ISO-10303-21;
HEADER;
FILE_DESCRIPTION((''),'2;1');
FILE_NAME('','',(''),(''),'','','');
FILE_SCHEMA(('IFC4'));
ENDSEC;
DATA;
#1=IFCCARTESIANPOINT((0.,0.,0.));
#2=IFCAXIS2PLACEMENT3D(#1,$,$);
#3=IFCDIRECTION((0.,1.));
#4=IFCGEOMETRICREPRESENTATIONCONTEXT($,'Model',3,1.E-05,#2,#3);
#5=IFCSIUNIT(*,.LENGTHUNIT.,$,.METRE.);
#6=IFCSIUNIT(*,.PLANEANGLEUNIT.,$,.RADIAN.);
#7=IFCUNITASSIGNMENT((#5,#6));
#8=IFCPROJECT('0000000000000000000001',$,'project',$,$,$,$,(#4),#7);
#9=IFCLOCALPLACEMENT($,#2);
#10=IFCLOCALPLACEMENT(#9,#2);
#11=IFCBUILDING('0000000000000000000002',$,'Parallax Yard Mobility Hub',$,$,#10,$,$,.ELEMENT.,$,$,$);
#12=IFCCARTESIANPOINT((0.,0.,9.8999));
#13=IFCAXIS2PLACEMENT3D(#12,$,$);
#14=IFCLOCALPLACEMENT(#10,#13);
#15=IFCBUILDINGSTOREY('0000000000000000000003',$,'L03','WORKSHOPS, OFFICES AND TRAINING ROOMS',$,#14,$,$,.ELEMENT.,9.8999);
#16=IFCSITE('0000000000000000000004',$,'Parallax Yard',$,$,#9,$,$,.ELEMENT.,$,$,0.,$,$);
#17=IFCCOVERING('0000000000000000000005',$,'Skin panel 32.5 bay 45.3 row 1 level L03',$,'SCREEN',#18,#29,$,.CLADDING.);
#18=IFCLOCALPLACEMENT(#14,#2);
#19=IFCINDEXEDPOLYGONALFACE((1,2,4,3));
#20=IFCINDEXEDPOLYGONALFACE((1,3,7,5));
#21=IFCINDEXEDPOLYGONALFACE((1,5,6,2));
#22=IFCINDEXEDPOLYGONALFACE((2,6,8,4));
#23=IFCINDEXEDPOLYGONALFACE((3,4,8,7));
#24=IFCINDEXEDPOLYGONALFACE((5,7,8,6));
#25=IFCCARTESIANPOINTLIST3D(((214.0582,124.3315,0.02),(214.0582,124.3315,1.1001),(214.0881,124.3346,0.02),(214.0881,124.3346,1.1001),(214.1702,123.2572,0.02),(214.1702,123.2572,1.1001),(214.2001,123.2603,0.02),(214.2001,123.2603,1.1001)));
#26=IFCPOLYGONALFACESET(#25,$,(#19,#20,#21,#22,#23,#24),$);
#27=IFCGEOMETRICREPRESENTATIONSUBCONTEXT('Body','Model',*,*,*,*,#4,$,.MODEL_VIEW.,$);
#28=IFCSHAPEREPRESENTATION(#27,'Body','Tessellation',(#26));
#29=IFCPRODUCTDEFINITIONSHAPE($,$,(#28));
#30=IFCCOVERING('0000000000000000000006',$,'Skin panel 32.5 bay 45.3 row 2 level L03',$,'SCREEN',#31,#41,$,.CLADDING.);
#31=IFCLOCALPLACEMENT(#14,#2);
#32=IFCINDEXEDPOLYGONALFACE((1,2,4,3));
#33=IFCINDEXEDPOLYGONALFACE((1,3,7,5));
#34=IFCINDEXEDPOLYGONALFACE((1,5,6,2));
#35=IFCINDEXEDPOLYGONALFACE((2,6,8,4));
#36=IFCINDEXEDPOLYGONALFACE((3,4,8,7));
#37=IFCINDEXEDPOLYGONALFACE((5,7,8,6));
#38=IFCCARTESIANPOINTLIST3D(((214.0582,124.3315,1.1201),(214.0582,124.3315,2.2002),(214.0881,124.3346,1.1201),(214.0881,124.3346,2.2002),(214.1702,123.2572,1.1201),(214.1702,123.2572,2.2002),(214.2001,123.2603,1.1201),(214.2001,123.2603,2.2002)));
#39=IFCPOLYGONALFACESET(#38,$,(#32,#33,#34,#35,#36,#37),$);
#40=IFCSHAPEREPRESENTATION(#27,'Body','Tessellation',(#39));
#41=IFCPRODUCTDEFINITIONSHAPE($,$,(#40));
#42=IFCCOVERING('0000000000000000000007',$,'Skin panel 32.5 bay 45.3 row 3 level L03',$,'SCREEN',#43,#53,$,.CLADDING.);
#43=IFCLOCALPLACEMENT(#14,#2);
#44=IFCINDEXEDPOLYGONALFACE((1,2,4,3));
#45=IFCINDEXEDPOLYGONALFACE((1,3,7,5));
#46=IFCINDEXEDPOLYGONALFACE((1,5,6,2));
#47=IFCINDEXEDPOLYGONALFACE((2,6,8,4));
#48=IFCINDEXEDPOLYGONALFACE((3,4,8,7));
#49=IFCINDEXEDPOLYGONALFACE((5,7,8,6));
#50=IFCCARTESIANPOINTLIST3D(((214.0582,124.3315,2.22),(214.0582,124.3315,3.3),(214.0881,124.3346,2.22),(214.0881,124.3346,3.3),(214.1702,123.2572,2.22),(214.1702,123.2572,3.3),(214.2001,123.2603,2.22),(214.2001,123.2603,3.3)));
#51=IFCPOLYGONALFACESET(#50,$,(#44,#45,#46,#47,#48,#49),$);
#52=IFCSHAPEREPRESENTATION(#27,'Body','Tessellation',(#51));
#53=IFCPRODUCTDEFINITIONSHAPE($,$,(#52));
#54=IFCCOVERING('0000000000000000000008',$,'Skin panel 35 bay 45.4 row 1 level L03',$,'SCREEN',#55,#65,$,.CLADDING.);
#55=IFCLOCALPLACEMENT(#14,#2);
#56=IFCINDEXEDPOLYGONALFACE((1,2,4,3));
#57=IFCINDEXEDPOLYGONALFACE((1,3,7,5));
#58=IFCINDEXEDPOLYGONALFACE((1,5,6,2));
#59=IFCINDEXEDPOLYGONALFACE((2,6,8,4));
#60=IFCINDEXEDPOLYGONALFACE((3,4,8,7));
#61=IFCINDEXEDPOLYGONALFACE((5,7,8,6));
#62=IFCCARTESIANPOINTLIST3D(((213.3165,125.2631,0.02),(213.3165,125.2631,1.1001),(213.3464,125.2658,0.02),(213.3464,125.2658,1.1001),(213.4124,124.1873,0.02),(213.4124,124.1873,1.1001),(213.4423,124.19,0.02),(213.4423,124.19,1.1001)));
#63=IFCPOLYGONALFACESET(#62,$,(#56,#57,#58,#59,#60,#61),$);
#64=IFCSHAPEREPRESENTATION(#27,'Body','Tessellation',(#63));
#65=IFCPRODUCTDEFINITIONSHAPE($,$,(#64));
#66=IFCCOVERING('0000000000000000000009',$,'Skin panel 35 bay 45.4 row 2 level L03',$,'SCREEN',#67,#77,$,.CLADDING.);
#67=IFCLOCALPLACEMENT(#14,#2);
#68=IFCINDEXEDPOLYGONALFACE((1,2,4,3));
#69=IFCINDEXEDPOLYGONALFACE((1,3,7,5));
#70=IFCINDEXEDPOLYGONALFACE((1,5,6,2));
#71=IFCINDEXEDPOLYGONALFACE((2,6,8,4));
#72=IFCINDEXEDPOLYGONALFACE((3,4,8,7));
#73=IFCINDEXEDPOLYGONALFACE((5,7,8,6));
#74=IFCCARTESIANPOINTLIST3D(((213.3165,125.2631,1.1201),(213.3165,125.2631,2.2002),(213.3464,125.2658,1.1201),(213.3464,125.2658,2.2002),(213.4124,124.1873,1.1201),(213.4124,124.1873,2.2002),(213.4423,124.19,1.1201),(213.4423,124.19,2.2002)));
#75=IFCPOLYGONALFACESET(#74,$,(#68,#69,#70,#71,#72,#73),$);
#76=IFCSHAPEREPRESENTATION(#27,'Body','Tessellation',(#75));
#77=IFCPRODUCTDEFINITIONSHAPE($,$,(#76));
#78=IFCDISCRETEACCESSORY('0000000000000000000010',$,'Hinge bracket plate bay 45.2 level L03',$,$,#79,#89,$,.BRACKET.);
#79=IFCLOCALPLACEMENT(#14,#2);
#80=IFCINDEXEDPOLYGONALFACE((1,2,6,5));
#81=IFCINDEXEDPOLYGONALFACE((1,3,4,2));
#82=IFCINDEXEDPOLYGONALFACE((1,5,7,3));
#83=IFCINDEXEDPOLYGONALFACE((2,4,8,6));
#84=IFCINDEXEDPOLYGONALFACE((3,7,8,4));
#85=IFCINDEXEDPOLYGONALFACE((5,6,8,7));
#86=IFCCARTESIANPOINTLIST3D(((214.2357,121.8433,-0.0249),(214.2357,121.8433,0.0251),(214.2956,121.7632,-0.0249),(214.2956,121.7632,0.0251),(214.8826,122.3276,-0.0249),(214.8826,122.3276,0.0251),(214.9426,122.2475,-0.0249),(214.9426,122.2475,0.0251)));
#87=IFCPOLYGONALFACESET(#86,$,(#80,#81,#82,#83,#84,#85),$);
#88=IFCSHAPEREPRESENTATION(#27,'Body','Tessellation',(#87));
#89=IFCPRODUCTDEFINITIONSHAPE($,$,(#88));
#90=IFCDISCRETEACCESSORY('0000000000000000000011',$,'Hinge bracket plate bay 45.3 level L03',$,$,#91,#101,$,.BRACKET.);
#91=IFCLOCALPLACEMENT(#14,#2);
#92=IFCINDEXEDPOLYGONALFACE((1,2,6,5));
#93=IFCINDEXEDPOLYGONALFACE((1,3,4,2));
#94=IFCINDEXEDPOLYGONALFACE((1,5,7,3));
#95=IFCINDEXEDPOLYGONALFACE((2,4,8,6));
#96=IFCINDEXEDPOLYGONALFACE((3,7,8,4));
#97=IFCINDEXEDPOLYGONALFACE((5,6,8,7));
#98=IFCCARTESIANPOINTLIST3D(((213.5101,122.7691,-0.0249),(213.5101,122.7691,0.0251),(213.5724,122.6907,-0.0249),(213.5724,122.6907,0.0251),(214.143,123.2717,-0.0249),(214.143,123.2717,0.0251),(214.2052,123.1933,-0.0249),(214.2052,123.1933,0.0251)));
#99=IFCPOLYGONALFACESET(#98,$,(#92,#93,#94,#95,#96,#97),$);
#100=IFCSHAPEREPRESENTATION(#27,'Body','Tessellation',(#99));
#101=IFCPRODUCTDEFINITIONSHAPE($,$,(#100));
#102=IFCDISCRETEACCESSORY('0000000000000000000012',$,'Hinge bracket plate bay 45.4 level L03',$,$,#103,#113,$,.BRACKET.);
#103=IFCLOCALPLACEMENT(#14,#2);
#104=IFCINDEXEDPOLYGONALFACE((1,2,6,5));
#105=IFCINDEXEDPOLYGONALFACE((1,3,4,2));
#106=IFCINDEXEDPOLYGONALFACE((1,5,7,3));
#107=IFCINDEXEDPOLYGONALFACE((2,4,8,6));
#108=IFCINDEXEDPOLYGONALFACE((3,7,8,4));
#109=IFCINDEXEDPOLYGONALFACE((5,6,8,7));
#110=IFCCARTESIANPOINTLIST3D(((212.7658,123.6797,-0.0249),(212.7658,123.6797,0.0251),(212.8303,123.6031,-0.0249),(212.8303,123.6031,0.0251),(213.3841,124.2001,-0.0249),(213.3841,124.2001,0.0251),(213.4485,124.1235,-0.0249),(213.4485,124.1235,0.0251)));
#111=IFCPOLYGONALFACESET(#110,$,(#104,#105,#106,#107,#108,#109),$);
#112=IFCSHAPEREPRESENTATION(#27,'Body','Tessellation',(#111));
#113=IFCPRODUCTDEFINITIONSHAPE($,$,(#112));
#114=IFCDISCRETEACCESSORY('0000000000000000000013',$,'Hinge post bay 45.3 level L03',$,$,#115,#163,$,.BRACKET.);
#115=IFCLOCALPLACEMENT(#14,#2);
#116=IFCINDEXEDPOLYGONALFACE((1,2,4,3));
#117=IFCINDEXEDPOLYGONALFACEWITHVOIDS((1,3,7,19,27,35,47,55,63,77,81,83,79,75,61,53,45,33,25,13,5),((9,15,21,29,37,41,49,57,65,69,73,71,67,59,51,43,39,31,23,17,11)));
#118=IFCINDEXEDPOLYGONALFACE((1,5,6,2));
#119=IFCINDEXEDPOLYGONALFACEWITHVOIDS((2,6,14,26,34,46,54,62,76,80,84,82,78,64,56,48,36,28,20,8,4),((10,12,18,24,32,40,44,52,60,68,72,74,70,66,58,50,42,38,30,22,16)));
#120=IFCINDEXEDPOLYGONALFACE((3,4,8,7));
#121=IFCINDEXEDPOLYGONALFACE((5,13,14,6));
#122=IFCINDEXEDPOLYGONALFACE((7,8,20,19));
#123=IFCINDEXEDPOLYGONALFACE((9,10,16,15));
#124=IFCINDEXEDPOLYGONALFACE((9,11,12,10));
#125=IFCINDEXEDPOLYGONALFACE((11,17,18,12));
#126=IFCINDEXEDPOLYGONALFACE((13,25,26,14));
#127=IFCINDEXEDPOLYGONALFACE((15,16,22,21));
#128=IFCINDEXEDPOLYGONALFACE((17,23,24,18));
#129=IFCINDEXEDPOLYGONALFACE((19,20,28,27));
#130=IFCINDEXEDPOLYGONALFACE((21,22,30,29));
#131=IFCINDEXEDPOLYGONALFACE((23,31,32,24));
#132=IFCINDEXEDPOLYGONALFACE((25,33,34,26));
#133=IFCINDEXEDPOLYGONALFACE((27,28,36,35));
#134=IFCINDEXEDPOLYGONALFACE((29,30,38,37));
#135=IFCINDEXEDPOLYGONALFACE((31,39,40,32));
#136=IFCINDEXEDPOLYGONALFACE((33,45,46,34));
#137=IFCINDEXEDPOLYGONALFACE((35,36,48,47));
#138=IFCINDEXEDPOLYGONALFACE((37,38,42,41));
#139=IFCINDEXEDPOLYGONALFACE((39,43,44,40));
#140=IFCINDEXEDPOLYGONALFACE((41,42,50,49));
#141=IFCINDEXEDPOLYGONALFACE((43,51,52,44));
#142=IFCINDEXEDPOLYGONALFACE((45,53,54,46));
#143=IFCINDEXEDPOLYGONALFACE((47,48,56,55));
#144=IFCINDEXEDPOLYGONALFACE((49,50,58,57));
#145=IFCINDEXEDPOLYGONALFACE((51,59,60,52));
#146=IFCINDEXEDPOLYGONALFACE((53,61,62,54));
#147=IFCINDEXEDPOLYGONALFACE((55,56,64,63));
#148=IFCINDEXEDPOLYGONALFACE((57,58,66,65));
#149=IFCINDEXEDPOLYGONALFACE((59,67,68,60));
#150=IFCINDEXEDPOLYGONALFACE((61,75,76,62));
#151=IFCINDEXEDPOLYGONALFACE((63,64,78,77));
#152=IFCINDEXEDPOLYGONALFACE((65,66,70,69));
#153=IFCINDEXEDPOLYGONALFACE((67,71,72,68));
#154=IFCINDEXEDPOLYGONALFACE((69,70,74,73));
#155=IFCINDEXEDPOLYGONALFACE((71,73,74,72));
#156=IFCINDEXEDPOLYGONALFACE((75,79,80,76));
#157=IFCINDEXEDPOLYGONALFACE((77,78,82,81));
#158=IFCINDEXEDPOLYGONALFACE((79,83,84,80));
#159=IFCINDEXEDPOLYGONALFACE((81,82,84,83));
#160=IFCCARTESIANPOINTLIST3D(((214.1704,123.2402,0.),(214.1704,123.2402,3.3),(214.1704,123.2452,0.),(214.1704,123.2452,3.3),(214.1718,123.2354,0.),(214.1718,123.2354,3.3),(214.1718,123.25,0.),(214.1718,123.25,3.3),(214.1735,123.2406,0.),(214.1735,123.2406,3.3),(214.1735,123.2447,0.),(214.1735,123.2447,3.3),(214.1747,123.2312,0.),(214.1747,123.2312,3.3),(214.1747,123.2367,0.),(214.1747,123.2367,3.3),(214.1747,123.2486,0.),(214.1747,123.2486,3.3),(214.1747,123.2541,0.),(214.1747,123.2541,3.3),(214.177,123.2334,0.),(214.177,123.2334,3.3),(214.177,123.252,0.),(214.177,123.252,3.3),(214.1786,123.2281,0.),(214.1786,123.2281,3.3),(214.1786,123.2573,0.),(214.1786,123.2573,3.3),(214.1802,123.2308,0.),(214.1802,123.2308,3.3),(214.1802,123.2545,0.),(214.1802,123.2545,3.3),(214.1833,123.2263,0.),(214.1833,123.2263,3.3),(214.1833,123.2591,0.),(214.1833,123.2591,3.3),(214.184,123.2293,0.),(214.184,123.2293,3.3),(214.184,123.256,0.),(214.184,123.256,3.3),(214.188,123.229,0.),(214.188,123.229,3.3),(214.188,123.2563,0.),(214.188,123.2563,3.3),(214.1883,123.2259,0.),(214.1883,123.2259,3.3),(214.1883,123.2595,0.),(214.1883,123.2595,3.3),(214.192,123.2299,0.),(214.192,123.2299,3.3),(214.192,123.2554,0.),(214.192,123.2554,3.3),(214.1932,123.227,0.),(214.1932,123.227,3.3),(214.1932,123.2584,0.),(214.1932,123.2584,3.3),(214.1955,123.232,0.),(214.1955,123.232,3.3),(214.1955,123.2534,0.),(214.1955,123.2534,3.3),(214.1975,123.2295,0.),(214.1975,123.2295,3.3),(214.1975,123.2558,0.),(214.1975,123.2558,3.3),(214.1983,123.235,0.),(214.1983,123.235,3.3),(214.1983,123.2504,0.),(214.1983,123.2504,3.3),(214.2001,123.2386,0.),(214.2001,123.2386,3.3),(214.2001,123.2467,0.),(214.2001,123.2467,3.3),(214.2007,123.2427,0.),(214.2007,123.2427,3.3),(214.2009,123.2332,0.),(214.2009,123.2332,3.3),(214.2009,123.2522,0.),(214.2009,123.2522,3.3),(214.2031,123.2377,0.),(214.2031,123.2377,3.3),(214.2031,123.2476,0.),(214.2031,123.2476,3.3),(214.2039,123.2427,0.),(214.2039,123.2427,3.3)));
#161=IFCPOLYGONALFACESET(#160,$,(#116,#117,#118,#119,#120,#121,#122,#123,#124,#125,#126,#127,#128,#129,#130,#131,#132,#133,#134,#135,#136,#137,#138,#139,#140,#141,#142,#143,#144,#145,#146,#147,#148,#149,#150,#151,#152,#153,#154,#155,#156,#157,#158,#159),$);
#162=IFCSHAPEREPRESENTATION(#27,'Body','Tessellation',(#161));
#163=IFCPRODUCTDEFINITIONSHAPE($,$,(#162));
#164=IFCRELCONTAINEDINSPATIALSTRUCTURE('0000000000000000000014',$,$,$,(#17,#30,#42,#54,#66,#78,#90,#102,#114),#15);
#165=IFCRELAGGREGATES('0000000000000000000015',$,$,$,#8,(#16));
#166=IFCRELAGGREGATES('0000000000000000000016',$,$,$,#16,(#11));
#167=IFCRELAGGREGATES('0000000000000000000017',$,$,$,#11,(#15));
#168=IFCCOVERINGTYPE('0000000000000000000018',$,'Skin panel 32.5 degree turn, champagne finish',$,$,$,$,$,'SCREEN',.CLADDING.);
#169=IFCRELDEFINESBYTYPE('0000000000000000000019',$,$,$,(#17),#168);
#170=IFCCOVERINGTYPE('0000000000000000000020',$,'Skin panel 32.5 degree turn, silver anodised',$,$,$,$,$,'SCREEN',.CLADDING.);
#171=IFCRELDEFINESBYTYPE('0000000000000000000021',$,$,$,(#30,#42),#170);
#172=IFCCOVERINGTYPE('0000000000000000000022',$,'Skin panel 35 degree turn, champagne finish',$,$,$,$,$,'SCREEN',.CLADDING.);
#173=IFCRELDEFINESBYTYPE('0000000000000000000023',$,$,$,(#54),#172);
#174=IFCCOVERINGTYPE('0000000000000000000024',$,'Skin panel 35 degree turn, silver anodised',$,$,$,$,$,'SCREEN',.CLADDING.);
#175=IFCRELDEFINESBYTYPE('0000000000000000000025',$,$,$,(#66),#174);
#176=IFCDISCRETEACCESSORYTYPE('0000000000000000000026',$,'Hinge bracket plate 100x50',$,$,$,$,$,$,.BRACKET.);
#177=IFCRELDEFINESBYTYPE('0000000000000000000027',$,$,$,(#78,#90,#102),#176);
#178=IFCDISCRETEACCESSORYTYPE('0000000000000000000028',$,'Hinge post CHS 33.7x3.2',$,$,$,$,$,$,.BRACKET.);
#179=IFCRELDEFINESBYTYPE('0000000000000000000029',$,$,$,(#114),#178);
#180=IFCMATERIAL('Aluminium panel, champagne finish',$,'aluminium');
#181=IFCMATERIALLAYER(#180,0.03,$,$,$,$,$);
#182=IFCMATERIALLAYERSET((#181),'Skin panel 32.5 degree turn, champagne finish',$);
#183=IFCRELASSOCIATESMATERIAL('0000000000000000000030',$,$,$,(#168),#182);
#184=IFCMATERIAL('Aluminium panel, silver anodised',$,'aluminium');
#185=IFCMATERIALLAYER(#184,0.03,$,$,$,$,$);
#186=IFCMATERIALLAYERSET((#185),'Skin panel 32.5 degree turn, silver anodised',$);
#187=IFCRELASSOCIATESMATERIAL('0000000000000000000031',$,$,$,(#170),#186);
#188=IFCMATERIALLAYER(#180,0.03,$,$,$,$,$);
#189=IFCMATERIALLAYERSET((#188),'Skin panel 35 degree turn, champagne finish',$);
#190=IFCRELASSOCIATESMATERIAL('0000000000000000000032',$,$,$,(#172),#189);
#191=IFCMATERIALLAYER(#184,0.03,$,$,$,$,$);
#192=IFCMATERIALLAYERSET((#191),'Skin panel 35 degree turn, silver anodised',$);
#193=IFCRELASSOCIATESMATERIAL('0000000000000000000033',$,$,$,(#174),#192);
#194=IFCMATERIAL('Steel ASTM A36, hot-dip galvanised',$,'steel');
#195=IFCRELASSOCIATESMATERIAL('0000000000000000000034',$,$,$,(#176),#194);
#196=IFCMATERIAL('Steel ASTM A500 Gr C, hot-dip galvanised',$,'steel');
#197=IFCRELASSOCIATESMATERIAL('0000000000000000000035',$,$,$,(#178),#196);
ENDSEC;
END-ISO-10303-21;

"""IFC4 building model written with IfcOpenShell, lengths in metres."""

from ifc_helpers import new_model, si_unit, direction, frame, origin, origin_2d, place, context, subcontext, project, spatial, rectangle, hollow_circle, extrude, material, layer, layer_set, material_profile, profile_set, type_object, element, save


model = new_model("IFC4")

# Units and contexts
model_context = context("Model", 3, precision=1e-05, world=origin(), true_north=direction((0.0, 1.0)))
body_context = subcontext(model_context, "Body", "Model", "MODEL_VIEW")
ifc_project = project(units=[si_unit("LENGTHUNIT", "METRE"), si_unit("PLANEANGLEUNIT", "RADIAN")], contexts=[model_context])

# Site, building, storey
site_placement = place(None, origin())
site = spatial("IfcSite", under=ifc_project, at=site_placement, Name="Parallax Yard", CompositionType="ELEMENT", RefElevation=0.0)
building_placement = place(site_placement, origin())
building = spatial("IfcBuilding", under=site, at=building_placement, Name="Parallax Yard Mobility Hub", CompositionType="ELEMENT")
storey_placement = place(building_placement, frame((0.0, 0.0, 9.8999)))
storey = spatial("IfcBuildingStorey", under=building, at=storey_placement, Name="L03", Description="WORKSHOPS, OFFICES AND TRAINING ROOMS", CompositionType="ELEMENT", Elevation=9.8999)

# Coverings
ifc_material_1 = material(Name="Aluminium panel, champagne finish", Category="aluminium")
ifc_layer_1 = layer(ifc_material_1, 0.03)
ifc_layer_set_1 = layer_set([ifc_layer_1], Name="Skin panel 32.5 degree turn, champagne finish")
covering_type_1 = type_object("IfcCoveringType", Name="Skin panel 32.5 degree turn, champagne finish", ElementType="SCREEN", PredefinedType="CLADDING", material=ifc_layer_set_1)
covering_1_placement = place(storey_placement, frame((214.1292, 123.7959, 0.02), z_axis=(0.0, 0.0, 1.0), x_axis=(-0.103739, 0.994605, 0.0)))
element("IfcCovering", 1, at=covering_1_placement, inside=storey, type_object=covering_type_1, Name="Skin panel 32.5 bay 45.3 row 1 level L03", ObjectType="SCREEN", PredefinedType="CLADDING", context=body_context, shape_type="SweptSolid", body=[
    extrude(rectangle(XDim=1.0801, YDim=0.03, at=origin_2d()), origin(), (0.0, 0.0, 1.0), 1.0801),
])
ifc_material_2 = material(Name="Aluminium panel, silver anodised", Category="aluminium")
ifc_layer_2 = layer(ifc_material_2, 0.03)
ifc_layer_set_2 = layer_set([ifc_layer_2], Name="Skin panel 32.5 degree turn, silver anodised")
covering_type_2 = type_object("IfcCoveringType", Name="Skin panel 32.5 degree turn, silver anodised", ElementType="SCREEN", PredefinedType="CLADDING", material=ifc_layer_set_2)
for number, where, z_axis, x_axis, name in (
    (2, (214.1292, 123.7959, 1.1201), (0.0, 0.0, 1.0), (-0.103739, 0.994605, 0.0), "Skin panel 32.5 bay 45.3 row 2 level L03"),
    (3, (214.1292, 123.7959, 2.22), (0.0, 0.0, 1.0), (-0.103739, 0.994605, 0.0), "Skin panel 32.5 bay 45.3 row 3 level L03"),
):
    element("IfcCovering", number, at=place(storey_placement, frame(where, z_axis=z_axis, x_axis=x_axis)), inside=storey, type_object=covering_type_2, Name=name, ObjectType="SCREEN", PredefinedType="CLADDING", context=body_context, shape_type="SweptSolid", body=[
        extrude(rectangle(XDim=1.0801, YDim=0.03, at=origin_2d()), origin(), (0.0, 0.0, 1.0), 1.0801),
    ])
ifc_layer_3 = layer(ifc_material_1, 0.03)
ifc_layer_set_3 = layer_set([ifc_layer_3], Name="Skin panel 35 degree turn, champagne finish")
covering_type_3 = type_object("IfcCoveringType", Name="Skin panel 35 degree turn, champagne finish", ElementType="SCREEN", PredefinedType="CLADDING", material=ifc_layer_set_3)
covering_2_placement = place(storey_placement, frame((213.3794, 124.7266, 0.02), z_axis=(0.0, 0.0, 1.0), x_axis=(-0.088736, 0.996055, 0.0)))
element("IfcCovering", 4, at=covering_2_placement, inside=storey, type_object=covering_type_3, Name="Skin panel 35 bay 45.4 row 1 level L03", ObjectType="SCREEN", PredefinedType="CLADDING", context=body_context, shape_type="SweptSolid", body=[
    extrude(rectangle(XDim=1.0801, YDim=0.03, at=origin_2d()), origin(), (0.0, 0.0, 1.0), 1.0801),
])
ifc_layer_4 = layer(ifc_material_2, 0.03)
ifc_layer_set_4 = layer_set([ifc_layer_4], Name="Skin panel 35 degree turn, silver anodised")
covering_type_4 = type_object("IfcCoveringType", Name="Skin panel 35 degree turn, silver anodised", ElementType="SCREEN", PredefinedType="CLADDING", material=ifc_layer_set_4)
covering_3_placement = place(storey_placement, frame((213.3794, 124.7266, 1.1201), z_axis=(0.0, 0.0, 1.0), x_axis=(-0.088736, 0.996055, 0.0)))
element("IfcCovering", 5, at=covering_3_placement, inside=storey, type_object=covering_type_4, Name="Skin panel 35 bay 45.4 row 2 level L03", ObjectType="SCREEN", PredefinedType="CLADDING", context=body_context, shape_type="SweptSolid", body=[
    extrude(rectangle(XDim=1.0801, YDim=0.03, at=origin_2d()), origin(), (0.0, 0.0, 1.0), 1.0801),
])

# Discrete accessories
ifc_material_3 = material(Name="Steel ASTM A36, hot-dip galvanised", Category="steel")
discrete_accessory_type_1 = type_object("IfcDiscreteAccessoryType", Name="Hinge bracket plate 100x50", PredefinedType="BRACKET", material=ifc_material_3)
for number, where, z_axis, x_axis, name in (
    (6, (214.5891, 122.0454, -0.0249), (0.0, 0.0, 1.0), (0.800541, 0.599278, 0.0), "Hinge bracket plate bay 45.2 level L03"),
    (7, (213.8577, 122.9812, -0.0249), (0.0, 0.0, 1.0), (0.783102, 0.621893, 0.0), "Hinge bracket plate bay 45.3 level L03"),
    (8, (213.1072, 123.9016, -0.0249), (0.0, 0.0, 1.0), (0.765024, 0.644002, 0.0), "Hinge bracket plate bay 45.4 level L03"),
):
    element("IfcDiscreteAccessory", number, at=place(storey_placement, frame(where, z_axis=z_axis, x_axis=x_axis)), inside=storey, type_object=discrete_accessory_type_1, Name=name, PredefinedType="BRACKET", context=body_context, shape_type="SweptSolid", body=[
        extrude(rectangle(XDim=0.8081, YDim=0.1001, at=origin_2d()), origin(), (0.0, 0.0, 1.0), 0.05),
    ])
ifc_material_4 = material(Name="Steel ASTM A500 Gr C, hot-dip galvanised", Category="steel")
ifc_material_profile_1 = material_profile(ifc_material_4, hollow_circle(Radius=0.0168, WallThickness=0.0032, at=origin_2d()), Name="CHS 33.7x3.2")
ifc_profile_set_1 = profile_set([ifc_material_profile_1], Name="Steel ASTM A500 Gr C, hot-dip galvanised")
discrete_accessory_type_2 = type_object("IfcDiscreteAccessoryType", Name="Hinge post CHS 33.7x3.2", PredefinedType="BRACKET", material=ifc_profile_set_1)
for number, where, z_axis, x_axis, name in (
    (9, (214.187, 123.2427, 0.0), (0.0, 0.0, 1.0), (1.0, 0.0, 0.0), "Hinge post bay 45.3 level L03"),
):
    element("IfcDiscreteAccessory", number, at=place(storey_placement, frame(where, z_axis=z_axis, x_axis=x_axis)), inside=storey, type_object=discrete_accessory_type_2, Name=name, PredefinedType="BRACKET", context=body_context, shape_type="SweptSolid", body=[
        extrude(hollow_circle(Radius=0.0168, WallThickness=0.0032, at=origin_2d()), origin(), (0.0, 0.0, 1.0), 3.3),
    ])

save(model, "model.ifc")
